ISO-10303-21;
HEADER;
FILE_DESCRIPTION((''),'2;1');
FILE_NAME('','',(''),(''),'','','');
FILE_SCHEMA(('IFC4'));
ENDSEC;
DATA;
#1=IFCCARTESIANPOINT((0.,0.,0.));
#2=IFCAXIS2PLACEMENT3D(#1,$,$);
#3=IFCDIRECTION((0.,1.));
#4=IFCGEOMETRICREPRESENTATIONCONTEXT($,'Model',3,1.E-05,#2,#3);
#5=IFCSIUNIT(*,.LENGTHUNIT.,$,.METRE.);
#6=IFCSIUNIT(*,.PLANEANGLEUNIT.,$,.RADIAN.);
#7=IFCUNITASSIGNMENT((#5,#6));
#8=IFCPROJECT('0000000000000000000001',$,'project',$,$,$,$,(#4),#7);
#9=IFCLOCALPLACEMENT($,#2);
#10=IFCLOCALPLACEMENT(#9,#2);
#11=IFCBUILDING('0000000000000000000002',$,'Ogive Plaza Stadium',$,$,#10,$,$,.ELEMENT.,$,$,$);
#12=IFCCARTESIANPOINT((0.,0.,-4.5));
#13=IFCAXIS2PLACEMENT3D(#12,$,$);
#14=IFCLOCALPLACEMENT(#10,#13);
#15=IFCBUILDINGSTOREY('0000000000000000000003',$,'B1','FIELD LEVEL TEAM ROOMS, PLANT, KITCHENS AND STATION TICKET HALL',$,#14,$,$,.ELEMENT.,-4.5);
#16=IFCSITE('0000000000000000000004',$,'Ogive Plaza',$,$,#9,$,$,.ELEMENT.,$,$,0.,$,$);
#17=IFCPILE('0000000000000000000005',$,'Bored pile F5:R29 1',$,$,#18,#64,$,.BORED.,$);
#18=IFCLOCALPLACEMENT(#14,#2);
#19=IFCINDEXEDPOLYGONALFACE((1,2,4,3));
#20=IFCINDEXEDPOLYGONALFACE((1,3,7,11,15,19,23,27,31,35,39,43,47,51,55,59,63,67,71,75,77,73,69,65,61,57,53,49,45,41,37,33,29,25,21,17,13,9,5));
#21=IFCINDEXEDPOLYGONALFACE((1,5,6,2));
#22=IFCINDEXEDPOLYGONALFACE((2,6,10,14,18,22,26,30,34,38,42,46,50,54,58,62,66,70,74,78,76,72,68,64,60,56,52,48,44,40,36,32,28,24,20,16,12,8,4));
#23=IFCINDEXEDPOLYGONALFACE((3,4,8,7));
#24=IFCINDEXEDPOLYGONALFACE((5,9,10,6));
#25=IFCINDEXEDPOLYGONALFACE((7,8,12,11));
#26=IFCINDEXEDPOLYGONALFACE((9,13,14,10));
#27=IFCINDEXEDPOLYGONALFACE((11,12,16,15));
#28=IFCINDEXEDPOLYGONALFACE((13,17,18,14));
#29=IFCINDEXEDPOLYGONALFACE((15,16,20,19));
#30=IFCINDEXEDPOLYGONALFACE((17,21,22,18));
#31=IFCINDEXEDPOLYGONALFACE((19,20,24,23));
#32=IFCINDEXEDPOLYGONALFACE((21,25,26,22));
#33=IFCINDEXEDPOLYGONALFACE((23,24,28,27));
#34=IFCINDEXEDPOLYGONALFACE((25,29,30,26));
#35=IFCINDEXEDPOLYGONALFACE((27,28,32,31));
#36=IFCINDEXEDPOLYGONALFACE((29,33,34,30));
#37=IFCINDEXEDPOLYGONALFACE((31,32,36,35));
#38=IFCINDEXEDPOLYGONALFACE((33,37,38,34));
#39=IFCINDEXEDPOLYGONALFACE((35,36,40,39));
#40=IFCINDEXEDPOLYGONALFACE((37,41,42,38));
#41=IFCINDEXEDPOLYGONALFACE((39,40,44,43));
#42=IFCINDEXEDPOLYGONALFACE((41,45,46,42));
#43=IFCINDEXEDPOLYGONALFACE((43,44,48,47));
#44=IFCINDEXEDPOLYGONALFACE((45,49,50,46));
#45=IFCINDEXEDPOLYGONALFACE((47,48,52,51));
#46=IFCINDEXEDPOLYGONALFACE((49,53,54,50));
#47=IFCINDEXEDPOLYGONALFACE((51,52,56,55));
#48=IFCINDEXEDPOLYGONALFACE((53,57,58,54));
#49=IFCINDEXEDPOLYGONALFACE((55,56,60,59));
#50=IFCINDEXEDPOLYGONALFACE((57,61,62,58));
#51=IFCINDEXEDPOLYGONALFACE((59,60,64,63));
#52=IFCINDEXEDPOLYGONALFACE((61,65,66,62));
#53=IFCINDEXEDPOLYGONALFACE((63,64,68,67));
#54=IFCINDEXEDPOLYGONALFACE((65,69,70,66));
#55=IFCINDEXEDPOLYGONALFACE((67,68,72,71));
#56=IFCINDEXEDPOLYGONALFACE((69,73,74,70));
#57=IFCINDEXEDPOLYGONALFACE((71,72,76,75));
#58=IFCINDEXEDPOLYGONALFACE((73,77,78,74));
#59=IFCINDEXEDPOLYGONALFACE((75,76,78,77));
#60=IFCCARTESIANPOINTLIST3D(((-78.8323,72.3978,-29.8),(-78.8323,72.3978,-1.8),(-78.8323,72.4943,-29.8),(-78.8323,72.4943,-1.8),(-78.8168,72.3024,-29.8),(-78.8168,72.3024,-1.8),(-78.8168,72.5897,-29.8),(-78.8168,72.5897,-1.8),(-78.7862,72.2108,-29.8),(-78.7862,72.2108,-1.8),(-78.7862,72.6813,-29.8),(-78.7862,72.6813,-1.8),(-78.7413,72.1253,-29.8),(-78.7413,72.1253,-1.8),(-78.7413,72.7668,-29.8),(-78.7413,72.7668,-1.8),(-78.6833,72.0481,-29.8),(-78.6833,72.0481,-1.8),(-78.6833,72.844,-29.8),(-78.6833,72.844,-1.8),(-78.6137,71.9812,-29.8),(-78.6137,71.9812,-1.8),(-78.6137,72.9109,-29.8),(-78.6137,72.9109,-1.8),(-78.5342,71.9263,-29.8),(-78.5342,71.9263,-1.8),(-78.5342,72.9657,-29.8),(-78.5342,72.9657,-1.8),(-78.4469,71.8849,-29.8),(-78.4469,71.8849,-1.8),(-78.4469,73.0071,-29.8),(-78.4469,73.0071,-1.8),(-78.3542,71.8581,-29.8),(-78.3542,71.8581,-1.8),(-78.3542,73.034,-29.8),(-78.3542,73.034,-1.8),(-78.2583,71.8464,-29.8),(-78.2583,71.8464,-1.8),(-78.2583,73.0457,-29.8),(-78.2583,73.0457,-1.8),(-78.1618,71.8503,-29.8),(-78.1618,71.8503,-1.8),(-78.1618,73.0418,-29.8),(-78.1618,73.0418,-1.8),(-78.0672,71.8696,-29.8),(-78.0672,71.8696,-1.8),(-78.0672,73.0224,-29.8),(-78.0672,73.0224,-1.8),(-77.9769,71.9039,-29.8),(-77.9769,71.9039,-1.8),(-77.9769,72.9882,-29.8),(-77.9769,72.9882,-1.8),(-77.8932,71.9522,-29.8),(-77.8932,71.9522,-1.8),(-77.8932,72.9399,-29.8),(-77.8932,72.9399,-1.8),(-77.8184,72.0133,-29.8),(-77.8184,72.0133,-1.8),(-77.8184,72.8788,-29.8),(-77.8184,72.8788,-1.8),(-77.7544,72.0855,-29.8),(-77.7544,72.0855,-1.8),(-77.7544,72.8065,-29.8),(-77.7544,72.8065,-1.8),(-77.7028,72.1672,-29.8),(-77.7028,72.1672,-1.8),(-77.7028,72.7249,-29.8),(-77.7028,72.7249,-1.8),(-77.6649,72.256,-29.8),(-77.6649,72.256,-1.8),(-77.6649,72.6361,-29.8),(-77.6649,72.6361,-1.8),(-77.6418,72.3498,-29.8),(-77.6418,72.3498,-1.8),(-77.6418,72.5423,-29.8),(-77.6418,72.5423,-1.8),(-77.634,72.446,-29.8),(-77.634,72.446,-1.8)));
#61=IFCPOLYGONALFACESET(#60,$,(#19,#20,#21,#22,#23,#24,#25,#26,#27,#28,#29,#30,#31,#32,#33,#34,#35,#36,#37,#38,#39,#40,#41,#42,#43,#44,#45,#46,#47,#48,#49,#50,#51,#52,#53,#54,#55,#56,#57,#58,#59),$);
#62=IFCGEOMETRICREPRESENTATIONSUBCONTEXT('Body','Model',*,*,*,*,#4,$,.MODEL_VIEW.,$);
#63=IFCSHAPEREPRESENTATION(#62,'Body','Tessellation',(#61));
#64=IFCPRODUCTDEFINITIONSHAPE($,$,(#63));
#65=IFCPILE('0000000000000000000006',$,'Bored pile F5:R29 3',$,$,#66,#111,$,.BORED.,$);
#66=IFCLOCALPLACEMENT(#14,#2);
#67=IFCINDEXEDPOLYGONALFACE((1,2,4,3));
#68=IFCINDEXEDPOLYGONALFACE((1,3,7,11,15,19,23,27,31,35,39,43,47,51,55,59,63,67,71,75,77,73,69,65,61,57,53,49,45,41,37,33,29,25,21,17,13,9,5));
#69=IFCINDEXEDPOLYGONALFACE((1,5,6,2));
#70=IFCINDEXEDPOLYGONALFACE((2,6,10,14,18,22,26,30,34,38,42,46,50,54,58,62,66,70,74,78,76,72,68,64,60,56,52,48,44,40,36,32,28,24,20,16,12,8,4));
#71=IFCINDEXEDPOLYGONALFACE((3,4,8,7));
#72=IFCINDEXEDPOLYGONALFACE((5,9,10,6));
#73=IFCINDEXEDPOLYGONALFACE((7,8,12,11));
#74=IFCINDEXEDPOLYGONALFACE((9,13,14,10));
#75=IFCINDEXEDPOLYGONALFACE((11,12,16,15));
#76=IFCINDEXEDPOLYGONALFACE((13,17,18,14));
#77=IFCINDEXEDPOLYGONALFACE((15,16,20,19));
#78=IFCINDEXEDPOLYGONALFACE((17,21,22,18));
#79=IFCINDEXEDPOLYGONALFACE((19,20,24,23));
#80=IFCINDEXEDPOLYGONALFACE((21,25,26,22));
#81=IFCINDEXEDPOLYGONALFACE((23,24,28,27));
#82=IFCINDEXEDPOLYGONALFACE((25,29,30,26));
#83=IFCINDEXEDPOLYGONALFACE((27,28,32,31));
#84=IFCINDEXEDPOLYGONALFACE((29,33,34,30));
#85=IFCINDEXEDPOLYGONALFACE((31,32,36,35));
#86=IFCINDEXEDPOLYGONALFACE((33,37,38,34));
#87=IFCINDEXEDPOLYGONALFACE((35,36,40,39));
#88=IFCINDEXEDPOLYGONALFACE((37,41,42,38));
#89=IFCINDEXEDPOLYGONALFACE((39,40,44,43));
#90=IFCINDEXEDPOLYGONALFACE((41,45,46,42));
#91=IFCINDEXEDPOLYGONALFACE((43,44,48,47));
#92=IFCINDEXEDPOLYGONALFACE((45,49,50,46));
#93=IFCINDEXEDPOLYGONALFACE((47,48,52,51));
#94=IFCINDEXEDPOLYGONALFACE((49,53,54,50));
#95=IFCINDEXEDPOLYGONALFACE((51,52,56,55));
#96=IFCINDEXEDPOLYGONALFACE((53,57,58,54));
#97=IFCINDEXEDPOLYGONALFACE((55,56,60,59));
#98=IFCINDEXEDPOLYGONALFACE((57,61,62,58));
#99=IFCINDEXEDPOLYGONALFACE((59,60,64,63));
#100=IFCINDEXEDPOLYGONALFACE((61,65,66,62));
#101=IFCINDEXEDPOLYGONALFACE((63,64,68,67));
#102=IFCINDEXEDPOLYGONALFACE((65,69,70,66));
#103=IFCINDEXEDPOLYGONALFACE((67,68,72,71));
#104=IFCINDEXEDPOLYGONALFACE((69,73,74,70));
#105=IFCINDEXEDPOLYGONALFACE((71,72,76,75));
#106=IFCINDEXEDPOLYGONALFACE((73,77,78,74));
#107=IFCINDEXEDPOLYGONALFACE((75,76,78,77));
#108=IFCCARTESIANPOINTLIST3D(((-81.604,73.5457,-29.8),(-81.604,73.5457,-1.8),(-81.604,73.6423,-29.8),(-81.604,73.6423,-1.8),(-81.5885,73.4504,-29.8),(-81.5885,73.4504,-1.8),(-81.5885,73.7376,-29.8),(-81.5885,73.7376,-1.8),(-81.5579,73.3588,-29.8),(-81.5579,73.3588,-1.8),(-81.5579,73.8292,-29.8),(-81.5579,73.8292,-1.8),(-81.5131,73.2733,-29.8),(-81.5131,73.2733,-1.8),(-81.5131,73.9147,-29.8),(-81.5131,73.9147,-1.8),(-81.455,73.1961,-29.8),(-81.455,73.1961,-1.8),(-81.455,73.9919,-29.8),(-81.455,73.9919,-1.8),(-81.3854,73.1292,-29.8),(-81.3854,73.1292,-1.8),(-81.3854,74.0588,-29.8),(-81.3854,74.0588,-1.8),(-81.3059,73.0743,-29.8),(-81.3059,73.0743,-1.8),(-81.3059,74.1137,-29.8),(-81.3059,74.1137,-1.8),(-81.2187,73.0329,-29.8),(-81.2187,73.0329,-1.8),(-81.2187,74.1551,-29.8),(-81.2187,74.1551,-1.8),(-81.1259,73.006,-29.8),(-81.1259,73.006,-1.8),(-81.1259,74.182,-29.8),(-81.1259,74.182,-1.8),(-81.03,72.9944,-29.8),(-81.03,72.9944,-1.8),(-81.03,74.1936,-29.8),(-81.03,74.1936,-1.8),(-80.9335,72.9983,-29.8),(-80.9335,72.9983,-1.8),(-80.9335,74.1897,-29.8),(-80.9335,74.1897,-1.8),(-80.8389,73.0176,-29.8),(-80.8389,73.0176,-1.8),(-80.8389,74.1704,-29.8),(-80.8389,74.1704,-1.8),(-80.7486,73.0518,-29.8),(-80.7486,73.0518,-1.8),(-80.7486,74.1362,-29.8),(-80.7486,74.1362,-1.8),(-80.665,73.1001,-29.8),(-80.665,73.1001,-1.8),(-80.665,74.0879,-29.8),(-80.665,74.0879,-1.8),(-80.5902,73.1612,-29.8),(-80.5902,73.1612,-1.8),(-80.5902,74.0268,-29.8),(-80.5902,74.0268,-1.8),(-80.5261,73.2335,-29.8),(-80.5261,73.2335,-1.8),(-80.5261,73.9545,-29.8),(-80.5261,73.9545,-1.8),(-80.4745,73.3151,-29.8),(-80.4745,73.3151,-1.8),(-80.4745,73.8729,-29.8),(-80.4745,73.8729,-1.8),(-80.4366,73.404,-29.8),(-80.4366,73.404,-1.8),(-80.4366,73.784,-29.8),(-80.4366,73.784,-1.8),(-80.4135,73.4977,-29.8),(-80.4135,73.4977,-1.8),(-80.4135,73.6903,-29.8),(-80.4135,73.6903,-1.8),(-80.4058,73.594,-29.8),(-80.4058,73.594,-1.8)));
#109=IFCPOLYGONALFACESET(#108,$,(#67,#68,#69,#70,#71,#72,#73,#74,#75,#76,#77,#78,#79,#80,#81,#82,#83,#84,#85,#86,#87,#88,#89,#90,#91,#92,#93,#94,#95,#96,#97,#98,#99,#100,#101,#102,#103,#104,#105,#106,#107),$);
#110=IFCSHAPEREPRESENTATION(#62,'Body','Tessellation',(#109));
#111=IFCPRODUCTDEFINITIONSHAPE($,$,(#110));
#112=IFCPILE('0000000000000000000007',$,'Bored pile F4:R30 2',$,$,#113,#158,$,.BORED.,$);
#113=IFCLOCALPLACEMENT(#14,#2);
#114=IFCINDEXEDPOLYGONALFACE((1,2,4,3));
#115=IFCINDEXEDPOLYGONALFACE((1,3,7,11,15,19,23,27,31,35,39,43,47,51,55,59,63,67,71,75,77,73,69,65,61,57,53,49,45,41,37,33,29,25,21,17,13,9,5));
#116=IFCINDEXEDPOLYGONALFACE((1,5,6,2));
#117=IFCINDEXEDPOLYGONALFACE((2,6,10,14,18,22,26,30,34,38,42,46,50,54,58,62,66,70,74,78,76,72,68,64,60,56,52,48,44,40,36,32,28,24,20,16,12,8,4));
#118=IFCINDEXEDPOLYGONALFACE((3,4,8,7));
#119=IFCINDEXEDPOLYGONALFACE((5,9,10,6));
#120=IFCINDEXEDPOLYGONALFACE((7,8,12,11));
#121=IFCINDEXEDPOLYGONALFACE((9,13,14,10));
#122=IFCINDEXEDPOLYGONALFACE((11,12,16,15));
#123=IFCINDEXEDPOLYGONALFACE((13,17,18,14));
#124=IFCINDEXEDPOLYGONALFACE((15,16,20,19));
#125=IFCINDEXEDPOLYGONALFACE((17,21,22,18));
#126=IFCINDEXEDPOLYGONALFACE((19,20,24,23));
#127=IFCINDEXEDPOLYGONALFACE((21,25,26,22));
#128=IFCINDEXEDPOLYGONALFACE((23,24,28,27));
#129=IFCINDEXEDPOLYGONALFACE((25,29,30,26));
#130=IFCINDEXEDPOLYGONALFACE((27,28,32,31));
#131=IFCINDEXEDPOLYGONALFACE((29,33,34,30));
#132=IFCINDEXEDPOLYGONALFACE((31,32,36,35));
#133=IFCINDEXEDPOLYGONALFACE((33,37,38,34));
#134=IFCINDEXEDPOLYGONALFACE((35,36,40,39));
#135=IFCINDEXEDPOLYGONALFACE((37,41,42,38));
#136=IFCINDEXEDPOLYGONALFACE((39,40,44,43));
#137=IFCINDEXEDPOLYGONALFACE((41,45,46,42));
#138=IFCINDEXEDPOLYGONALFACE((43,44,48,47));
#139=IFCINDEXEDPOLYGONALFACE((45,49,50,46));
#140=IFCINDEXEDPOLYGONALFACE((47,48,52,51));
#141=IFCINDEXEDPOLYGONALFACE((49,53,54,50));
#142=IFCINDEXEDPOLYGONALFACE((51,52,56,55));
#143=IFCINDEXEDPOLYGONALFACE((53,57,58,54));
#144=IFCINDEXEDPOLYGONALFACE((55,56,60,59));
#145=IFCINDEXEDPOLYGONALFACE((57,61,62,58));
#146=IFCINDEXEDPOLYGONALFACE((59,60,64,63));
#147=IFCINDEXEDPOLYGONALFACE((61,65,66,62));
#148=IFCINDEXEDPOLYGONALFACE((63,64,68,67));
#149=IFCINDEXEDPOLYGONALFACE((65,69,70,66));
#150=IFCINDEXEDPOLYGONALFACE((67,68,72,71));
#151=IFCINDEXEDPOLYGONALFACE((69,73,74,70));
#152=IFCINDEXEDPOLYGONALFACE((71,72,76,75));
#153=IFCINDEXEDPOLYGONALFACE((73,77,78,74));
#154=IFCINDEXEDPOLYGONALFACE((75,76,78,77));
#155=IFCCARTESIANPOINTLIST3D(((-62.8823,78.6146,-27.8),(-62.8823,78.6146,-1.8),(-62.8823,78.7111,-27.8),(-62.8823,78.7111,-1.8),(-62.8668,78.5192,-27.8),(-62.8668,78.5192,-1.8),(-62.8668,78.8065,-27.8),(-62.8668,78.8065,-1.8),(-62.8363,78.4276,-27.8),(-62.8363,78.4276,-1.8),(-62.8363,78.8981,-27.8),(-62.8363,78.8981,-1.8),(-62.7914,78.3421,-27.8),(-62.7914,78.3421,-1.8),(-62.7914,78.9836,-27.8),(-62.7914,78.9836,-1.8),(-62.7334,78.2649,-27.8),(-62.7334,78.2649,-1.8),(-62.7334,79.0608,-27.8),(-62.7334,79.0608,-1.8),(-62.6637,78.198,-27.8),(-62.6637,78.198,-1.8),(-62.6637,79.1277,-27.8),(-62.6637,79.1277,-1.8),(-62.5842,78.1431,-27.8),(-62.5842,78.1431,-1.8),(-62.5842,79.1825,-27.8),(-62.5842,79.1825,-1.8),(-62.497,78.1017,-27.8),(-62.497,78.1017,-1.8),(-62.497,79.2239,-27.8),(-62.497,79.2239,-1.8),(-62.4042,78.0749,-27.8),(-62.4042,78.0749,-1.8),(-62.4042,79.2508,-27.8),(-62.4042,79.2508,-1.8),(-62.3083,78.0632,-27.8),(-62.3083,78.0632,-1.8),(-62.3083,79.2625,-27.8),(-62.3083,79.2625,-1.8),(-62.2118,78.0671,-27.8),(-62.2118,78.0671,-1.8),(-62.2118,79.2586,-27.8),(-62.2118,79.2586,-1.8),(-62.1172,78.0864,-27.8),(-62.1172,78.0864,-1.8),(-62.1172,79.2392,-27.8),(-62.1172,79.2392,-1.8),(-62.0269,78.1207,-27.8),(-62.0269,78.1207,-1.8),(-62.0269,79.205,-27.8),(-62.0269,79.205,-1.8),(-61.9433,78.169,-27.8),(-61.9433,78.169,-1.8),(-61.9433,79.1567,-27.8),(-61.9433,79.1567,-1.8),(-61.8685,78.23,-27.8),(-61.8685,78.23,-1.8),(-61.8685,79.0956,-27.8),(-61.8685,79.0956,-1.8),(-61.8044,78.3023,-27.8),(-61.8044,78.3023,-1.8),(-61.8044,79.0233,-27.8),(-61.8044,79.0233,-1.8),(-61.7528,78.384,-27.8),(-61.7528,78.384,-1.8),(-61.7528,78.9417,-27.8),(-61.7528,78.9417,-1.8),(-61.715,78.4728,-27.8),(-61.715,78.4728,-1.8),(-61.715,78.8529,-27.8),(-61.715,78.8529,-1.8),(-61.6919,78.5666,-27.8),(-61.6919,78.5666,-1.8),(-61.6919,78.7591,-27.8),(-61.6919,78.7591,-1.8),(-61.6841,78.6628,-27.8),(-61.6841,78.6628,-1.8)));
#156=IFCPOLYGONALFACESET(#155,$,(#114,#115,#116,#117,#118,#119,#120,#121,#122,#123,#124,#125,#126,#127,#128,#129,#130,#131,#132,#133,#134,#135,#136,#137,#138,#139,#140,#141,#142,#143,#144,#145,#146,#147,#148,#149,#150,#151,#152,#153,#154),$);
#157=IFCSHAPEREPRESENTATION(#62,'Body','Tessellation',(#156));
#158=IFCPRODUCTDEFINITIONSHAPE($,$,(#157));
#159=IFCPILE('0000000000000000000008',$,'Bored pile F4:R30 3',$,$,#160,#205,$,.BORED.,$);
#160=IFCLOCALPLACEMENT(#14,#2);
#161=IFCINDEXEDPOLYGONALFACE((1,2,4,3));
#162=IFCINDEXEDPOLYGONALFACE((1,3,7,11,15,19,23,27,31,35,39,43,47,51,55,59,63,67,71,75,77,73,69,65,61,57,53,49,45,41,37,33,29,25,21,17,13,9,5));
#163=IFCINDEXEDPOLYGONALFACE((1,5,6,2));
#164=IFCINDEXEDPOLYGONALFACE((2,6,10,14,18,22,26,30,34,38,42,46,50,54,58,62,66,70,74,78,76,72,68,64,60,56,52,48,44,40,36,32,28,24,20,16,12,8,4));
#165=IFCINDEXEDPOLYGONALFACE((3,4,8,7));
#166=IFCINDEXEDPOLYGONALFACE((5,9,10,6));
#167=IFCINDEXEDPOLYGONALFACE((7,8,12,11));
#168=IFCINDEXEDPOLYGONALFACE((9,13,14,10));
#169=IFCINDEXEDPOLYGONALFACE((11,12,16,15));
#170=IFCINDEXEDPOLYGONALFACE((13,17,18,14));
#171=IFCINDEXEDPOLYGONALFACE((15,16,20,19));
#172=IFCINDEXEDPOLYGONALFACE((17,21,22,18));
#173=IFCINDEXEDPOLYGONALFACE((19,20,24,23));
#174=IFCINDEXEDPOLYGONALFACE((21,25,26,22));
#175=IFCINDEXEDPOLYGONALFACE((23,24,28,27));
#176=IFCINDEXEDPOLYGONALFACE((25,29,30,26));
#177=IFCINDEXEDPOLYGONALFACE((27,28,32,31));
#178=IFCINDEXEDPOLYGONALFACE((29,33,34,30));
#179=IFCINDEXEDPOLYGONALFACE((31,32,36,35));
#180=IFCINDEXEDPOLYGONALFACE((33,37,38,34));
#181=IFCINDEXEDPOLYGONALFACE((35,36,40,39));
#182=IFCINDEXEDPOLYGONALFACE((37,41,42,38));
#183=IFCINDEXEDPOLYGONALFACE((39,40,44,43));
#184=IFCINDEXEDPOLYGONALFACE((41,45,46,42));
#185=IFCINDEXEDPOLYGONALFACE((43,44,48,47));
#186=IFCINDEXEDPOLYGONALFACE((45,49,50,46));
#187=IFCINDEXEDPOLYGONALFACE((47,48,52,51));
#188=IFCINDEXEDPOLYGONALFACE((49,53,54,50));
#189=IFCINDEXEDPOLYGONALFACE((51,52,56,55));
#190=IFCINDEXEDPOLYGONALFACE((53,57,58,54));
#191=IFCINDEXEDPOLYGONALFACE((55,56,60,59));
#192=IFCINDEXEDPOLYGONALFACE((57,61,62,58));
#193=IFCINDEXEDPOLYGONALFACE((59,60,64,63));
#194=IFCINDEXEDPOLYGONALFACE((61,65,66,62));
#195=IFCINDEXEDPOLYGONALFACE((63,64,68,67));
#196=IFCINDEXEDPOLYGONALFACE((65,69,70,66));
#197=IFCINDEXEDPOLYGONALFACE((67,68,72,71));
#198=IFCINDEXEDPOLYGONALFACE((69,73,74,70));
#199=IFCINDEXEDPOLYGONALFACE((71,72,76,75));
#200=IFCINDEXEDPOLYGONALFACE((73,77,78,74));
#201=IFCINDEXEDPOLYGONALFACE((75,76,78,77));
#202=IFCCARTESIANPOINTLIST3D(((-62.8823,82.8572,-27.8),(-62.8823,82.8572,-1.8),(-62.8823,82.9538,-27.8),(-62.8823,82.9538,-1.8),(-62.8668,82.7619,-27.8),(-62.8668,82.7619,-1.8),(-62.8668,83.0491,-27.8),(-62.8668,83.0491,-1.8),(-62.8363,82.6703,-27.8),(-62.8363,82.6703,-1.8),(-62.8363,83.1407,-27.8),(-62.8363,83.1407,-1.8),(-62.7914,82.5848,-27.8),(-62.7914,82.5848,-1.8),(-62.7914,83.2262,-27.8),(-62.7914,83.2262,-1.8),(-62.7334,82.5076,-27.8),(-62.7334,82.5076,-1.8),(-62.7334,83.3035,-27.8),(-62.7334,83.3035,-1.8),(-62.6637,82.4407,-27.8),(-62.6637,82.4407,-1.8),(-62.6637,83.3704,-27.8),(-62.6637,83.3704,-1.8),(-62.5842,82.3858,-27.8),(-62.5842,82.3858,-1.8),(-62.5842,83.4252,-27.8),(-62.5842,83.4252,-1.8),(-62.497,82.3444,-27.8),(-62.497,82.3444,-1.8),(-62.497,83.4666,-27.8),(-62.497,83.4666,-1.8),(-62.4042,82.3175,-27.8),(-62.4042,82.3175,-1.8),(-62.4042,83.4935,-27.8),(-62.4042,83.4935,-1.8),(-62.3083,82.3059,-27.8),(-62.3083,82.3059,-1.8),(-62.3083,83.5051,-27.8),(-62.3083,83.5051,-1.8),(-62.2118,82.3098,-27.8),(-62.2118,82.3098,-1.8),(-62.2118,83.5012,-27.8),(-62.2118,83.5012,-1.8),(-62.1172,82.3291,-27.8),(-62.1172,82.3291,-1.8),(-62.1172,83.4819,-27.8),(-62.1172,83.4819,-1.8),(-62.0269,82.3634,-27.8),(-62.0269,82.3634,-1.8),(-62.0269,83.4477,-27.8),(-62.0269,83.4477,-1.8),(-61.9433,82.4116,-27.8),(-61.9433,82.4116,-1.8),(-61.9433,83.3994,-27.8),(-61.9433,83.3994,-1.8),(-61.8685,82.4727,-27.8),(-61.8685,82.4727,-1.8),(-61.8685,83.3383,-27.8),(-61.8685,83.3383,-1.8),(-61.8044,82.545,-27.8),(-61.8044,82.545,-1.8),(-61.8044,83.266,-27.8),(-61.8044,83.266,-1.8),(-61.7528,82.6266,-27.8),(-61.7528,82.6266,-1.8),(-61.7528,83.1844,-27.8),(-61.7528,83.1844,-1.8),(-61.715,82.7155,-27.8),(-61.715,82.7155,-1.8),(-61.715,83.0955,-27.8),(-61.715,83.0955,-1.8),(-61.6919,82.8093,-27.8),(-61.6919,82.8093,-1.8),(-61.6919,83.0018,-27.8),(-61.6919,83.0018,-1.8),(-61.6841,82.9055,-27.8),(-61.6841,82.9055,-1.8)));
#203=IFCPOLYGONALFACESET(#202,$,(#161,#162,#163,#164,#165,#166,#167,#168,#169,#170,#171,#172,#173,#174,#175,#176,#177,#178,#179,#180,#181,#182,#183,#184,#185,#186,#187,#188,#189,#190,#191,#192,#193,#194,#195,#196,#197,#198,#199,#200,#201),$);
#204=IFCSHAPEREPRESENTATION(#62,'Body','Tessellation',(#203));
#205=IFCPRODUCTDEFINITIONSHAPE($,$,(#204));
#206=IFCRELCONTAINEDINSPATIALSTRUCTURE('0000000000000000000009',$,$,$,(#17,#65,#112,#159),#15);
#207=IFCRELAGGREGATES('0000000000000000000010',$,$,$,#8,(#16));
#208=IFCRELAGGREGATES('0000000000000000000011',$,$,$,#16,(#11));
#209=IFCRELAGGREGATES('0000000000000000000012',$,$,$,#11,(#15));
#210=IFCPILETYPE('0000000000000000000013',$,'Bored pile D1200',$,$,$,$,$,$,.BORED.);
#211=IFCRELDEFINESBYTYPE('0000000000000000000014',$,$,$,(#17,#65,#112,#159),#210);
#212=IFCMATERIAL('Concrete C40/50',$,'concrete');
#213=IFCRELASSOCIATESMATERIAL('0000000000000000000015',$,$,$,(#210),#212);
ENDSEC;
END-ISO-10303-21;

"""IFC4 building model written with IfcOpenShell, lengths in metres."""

from ifc_helpers import new_model, si_unit, direction, frame, origin, origin_2d, place, context, subcontext, project, spatial, circle, extrude, material, material_profile, profile_set, type_object, element, save


model = new_model("IFC4")

# Units and contexts
model_context = context("Model", 3, precision=1e-05, world=origin(), true_north=direction((0.0, 1.0)))
body_context = subcontext(model_context, "Body", "Model", "MODEL_VIEW")
ifc_project = project(units=[si_unit("LENGTHUNIT", "METRE"), si_unit("PLANEANGLEUNIT", "RADIAN")], contexts=[model_context])

# Site, building, storey
site_placement = place(None, origin())
site = spatial("IfcSite", under=ifc_project, at=site_placement, Name="Ogive Plaza", CompositionType="ELEMENT", RefElevation=0.0)
building_placement = place(site_placement, origin())
building = spatial("IfcBuilding", under=site, at=building_placement, Name="Ogive Plaza Stadium", CompositionType="ELEMENT")
storey_placement = place(building_placement, frame((0.0, 0.0, -4.5)))
storey = spatial("IfcBuildingStorey", under=building, at=storey_placement, Name="B1", Description="FIELD LEVEL TEAM ROOMS, PLANT, KITCHENS AND STATION TICKET HALL", CompositionType="ELEMENT", Elevation=-4.5)

# Piles
ifc_material_1 = material(Name="Concrete C40/50", Category="concrete")
ifc_material_profile_1 = material_profile(ifc_material_1, circle(Radius=0.6001, at=origin_2d()), Name="RC D1200")
ifc_profile_set_1 = profile_set([ifc_material_profile_1], Name="Concrete C40/50")
pile_type_1 = type_object("IfcPileType", Name="Bored pile D1200", PredefinedType="BORED", material=ifc_profile_set_1)
for number, where, z_axis, x_axis, name in (
    (1, (-78.2341, 72.446, -1.8), (0.0, 0.0, -1.0), (1.0, 0.0, 0.0), "Bored pile F5:R29 1"),
    (2, (-81.0059, 73.594, -1.8), (0.0, 0.0, -1.0), (1.0, 0.0, 0.0), "Bored pile F5:R29 3"),
):
    element("IfcPile", number, at=place(storey_placement, frame(where, z_axis=z_axis, x_axis=x_axis)), inside=storey, type_object=pile_type_1, Name=name, PredefinedType="BORED", context=body_context, shape_type="SweptSolid", body=[
        extrude(circle(Radius=0.6001, at=origin_2d()), origin(), (0.0, 0.0, 1.0), 28.0),
    ])
for number, where, z_axis, x_axis, name in (
    (3, (-62.2842, 78.6628, -1.8), (0.0, 0.0, -1.0), (1.0, 0.0, 0.0), "Bored pile F4:R30 2"),
    (4, (-62.2842, 82.9055, -1.8), (0.0, 0.0, -1.0), (1.0, 0.0, 0.0), "Bored pile F4:R30 3"),
):
    element("IfcPile", number, at=place(storey_placement, frame(where, z_axis=z_axis, x_axis=x_axis)), inside=storey, type_object=pile_type_1, Name=name, PredefinedType="BORED", context=body_context, shape_type="SweptSolid", body=[
        extrude(circle(Radius=0.6001, at=origin_2d()), origin(), (0.0, 0.0, 1.0), 26.0),
    ])

save(model, "model.ifc")
